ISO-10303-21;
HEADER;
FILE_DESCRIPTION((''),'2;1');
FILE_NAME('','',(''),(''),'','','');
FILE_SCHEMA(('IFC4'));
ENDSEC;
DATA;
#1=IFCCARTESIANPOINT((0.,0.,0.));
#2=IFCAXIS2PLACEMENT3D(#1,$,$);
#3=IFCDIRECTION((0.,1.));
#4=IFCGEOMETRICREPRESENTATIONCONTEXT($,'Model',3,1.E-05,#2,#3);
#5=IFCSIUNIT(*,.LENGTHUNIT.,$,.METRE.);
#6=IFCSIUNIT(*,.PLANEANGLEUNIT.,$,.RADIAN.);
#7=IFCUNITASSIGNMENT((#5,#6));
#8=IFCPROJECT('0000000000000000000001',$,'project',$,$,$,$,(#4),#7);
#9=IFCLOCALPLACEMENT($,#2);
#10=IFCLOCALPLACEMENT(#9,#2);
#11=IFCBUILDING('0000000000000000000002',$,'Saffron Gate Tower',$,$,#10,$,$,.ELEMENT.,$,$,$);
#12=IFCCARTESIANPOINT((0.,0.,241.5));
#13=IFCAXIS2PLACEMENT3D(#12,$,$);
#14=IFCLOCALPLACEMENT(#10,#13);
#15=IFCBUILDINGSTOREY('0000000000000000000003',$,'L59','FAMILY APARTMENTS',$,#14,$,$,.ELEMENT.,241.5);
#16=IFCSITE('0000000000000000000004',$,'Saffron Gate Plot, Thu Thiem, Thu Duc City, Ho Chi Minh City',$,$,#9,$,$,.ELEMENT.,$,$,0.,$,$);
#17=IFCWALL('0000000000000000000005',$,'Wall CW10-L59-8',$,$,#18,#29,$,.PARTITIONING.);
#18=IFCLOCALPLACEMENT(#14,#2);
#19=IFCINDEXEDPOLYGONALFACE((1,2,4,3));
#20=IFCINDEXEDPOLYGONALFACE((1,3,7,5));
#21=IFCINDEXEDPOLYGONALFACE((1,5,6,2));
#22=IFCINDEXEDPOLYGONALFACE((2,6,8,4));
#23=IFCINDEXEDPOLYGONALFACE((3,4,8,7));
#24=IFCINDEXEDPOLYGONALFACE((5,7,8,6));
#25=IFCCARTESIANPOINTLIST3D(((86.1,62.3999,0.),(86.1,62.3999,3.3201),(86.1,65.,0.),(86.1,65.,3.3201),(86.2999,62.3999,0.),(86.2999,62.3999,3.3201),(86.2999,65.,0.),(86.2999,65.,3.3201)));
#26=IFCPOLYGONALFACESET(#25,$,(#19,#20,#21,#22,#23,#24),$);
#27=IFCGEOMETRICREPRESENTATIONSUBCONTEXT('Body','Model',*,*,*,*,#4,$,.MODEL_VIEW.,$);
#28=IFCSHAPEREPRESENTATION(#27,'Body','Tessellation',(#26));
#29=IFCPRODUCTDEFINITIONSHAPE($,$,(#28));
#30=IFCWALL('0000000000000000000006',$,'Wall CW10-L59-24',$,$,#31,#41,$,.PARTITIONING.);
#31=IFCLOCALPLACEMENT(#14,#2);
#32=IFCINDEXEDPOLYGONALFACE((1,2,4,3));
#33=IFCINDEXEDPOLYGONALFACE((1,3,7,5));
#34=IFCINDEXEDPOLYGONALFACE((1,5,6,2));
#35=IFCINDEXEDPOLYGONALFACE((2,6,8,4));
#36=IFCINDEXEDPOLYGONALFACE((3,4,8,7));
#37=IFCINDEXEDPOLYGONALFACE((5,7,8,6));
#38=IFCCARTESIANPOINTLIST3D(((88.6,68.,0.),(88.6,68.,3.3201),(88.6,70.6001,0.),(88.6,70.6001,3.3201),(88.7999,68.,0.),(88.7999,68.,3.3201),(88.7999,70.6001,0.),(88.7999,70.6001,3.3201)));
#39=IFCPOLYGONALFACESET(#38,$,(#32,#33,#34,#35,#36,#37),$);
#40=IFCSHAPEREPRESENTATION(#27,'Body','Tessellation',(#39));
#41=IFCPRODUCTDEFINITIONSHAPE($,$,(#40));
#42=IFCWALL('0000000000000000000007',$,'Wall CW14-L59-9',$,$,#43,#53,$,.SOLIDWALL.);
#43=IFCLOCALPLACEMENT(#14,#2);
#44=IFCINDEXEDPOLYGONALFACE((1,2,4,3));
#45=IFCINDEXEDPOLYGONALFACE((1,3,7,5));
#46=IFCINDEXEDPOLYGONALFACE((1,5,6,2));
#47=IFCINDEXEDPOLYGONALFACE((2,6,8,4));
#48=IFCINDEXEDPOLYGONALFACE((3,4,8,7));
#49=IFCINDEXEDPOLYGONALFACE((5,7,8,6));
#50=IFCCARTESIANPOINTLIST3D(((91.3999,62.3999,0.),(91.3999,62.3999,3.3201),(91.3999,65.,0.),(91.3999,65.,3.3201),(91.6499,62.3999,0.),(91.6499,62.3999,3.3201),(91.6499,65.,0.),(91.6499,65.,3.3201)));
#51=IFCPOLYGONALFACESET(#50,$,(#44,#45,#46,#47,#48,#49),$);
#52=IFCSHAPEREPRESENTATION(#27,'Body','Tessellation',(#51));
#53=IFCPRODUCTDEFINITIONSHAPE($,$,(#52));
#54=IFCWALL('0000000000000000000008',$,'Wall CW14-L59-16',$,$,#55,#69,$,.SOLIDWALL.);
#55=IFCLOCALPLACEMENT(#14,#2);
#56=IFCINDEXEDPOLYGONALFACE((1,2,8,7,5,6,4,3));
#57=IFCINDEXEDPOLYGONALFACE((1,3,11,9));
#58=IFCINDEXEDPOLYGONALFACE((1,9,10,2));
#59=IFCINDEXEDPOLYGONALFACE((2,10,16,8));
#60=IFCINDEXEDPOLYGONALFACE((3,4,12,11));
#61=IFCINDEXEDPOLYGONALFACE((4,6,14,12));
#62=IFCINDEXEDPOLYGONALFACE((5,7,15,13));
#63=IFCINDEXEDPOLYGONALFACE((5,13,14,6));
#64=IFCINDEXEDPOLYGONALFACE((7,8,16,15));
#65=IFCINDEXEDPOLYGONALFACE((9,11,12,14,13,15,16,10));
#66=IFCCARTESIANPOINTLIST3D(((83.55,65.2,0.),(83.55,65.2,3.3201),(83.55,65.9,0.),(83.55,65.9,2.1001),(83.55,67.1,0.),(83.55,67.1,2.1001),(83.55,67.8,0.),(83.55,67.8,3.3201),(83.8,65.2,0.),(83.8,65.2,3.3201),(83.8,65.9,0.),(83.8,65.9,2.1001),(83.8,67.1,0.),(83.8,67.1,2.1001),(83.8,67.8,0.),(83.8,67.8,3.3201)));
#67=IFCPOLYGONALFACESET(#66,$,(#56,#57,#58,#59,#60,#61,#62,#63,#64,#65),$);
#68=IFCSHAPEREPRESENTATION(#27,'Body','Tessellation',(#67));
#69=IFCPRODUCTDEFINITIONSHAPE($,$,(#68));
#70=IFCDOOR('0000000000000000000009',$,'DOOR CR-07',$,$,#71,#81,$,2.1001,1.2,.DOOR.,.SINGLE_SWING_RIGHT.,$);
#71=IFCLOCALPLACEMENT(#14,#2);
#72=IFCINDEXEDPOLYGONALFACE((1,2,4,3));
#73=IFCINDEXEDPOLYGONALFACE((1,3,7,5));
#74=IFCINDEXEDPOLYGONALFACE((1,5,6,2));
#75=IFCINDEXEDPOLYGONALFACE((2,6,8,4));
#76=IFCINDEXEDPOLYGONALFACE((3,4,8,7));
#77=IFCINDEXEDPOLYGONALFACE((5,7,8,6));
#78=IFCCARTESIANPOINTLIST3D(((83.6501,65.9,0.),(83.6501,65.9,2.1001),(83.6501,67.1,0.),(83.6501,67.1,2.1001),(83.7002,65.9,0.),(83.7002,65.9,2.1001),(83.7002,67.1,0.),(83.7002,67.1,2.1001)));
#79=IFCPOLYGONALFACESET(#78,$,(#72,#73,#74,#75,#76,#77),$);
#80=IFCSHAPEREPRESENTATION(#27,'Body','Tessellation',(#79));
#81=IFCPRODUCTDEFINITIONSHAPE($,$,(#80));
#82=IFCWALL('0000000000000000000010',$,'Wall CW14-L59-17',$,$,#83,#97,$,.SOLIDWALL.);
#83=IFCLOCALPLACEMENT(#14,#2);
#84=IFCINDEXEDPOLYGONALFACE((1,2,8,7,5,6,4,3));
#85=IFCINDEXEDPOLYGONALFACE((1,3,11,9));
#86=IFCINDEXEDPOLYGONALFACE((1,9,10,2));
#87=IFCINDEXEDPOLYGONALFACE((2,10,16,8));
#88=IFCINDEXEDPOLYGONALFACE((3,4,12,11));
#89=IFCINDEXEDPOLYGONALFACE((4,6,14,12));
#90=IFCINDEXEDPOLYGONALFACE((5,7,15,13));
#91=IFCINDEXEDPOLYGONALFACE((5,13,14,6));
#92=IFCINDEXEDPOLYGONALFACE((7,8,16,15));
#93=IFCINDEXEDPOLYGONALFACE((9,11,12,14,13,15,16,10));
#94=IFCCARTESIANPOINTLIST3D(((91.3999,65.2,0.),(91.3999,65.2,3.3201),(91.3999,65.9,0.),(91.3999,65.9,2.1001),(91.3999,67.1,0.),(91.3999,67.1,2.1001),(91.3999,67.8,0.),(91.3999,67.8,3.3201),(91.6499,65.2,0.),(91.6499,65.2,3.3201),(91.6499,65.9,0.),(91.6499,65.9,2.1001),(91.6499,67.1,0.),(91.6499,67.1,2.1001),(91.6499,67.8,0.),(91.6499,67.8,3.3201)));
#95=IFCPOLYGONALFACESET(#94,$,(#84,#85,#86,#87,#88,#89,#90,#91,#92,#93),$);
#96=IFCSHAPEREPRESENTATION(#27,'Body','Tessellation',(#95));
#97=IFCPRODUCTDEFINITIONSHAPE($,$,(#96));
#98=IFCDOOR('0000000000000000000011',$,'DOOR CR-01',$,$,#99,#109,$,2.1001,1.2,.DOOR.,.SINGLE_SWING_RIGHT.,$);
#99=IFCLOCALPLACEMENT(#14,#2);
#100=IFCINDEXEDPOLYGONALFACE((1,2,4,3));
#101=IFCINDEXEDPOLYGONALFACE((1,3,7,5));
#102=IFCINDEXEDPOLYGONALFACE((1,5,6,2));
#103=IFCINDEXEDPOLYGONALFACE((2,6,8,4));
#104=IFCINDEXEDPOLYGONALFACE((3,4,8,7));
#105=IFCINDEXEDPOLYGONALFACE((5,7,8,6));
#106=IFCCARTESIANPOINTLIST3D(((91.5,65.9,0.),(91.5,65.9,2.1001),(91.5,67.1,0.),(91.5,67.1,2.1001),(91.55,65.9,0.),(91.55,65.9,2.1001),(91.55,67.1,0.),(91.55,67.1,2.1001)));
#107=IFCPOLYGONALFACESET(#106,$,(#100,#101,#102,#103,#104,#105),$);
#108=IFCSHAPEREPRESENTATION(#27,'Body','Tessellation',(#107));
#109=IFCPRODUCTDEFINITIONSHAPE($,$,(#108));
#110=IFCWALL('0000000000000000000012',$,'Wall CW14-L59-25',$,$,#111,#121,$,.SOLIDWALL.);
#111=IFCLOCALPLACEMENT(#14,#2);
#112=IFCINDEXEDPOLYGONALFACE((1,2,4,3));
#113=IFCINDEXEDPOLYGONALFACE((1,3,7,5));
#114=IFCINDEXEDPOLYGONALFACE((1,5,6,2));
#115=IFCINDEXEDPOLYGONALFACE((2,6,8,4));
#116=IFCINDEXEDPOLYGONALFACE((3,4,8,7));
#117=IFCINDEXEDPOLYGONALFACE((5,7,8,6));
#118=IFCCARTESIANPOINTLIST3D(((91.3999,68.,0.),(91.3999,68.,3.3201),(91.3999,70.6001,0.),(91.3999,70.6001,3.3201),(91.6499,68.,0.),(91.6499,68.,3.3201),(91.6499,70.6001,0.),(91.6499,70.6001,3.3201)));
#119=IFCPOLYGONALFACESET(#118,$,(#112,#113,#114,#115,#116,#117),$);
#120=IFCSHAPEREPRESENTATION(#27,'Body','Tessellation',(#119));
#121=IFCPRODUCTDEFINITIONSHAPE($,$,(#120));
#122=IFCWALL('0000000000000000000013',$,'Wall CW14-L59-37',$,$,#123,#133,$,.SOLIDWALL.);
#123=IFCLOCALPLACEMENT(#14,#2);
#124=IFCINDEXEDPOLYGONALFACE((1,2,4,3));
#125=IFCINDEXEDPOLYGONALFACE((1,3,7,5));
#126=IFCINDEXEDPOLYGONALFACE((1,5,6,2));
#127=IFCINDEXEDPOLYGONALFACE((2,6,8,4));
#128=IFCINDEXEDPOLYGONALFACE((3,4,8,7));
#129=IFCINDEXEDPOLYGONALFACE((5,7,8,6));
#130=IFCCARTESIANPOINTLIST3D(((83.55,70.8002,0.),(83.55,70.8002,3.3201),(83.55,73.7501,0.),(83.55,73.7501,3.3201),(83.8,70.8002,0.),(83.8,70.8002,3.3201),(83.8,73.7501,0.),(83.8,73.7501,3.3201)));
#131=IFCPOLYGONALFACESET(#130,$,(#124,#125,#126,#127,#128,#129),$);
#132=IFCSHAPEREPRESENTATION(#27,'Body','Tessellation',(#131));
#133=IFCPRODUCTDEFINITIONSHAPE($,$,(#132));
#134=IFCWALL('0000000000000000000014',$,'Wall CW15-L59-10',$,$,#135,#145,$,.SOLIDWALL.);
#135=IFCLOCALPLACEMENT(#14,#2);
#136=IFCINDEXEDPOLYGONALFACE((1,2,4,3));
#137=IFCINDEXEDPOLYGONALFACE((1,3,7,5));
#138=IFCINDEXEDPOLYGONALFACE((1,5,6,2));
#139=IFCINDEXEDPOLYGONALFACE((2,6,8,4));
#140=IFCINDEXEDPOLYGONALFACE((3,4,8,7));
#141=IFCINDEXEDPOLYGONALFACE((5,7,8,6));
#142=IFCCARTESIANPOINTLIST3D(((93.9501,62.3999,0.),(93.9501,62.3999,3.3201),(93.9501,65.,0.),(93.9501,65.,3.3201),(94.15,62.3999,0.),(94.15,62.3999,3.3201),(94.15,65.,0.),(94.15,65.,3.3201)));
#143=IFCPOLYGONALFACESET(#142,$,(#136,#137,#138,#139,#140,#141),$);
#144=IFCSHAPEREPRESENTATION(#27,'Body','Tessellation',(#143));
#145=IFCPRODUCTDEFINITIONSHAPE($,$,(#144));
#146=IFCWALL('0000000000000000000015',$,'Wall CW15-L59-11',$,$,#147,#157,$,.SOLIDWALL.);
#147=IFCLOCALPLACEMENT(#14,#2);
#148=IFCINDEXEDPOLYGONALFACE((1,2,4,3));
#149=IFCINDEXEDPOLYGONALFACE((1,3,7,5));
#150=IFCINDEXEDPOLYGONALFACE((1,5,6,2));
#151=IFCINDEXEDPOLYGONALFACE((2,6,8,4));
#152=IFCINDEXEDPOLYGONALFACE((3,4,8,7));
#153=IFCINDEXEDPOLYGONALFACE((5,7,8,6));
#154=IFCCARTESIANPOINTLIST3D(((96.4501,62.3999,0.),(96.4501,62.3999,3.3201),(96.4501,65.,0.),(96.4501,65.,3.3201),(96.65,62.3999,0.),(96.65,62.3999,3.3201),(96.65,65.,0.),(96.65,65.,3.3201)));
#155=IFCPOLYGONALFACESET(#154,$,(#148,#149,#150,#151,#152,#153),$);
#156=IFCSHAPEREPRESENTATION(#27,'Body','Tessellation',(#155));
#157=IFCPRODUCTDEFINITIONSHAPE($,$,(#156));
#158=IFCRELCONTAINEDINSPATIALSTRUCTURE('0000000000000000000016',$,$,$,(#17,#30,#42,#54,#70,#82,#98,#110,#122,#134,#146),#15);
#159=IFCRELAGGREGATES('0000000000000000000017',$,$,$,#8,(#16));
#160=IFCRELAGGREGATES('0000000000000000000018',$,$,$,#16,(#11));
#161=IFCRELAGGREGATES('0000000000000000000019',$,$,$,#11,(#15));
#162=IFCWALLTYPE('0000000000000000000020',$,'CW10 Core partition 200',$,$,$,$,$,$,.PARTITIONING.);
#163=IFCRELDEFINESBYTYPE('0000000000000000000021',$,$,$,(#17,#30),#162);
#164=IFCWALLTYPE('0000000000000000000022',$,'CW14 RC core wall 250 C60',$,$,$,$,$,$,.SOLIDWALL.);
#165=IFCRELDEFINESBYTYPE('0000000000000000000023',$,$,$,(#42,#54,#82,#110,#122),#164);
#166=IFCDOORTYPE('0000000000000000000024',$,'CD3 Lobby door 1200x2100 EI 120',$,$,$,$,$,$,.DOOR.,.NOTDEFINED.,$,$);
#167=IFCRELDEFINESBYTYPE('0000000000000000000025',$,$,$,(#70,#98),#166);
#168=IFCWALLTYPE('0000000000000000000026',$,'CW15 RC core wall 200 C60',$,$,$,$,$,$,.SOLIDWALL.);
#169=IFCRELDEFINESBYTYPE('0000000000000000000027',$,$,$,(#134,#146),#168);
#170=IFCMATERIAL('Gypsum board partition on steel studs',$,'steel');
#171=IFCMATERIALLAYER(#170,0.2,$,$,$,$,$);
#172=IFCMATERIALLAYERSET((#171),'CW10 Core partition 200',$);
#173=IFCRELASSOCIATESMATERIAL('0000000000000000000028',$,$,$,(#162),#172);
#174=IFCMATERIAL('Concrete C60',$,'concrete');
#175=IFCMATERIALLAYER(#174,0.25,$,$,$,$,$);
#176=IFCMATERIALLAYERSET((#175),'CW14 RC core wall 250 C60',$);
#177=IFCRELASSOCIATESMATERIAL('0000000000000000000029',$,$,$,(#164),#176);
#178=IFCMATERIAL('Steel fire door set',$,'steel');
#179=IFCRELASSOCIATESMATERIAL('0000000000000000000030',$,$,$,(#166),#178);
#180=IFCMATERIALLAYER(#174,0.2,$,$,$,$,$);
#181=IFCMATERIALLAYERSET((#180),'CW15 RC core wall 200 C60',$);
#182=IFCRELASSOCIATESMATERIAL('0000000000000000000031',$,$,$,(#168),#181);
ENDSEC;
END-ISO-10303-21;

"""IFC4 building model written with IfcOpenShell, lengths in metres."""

from ifc_helpers import new_model, si_unit, direction, frame, frame_2d, origin, place, context, subcontext, project, spatial, rectangle, extrude, material, layer, layer_set, type_object, element, fill, save


model = new_model("IFC4")

# Units and contexts
model_context = context("Model", 3, precision=1e-05, world=origin(), true_north=direction((0.0, 1.0)))
body_context = subcontext(model_context, "Body", "Model", "MODEL_VIEW")
ifc_project = project(units=[si_unit("LENGTHUNIT", "METRE"), si_unit("PLANEANGLEUNIT", "RADIAN")], contexts=[model_context])

# Site, building, storey
site_placement = place(None, origin())
site = spatial("IfcSite", under=ifc_project, at=site_placement, Name="Saffron Gate Plot, Thu Thiem, Thu Duc City, Ho Chi Minh City", CompositionType="ELEMENT", RefElevation=0.0)
building_placement = place(site_placement, origin())
building = spatial("IfcBuilding", under=site, at=building_placement, Name="Saffron Gate Tower", CompositionType="ELEMENT")
storey_placement = place(building_placement, frame((0.0, 0.0, 241.5)))
storey = spatial("IfcBuildingStorey", under=building, at=storey_placement, Name="L59", Description="FAMILY APARTMENTS", CompositionType="ELEMENT", Elevation=241.5)

# Walls
ifc_material_1 = material(Name="Gypsum board partition on steel studs", Category="steel")
ifc_layer_1 = layer(ifc_material_1, 0.2)
ifc_layer_set_1 = layer_set([ifc_layer_1], Name="CW10 Core partition 200")
wall_type_1 = type_object("IfcWallType", Name="CW10 Core partition 200", PredefinedType="PARTITIONING", material=ifc_layer_set_1)
for number, where, z_axis, x_axis, name in (
    (1, (86.2, 62.3999, 0.0), (0.0, 0.0, 1.0), (0.0, 1.0, 0.0), "Wall CW10-L59-8"),
    (2, (88.7, 68.0, 0.0), (0.0, 0.0, 1.0), (0.0, 1.0, 0.0), "Wall CW10-L59-24"),
):
    element("IfcWall", number, at=place(storey_placement, frame(where, z_axis=z_axis, x_axis=x_axis)), inside=storey, type_object=wall_type_1, Name=name, PredefinedType="PARTITIONING", context=body_context, shape_type="SweptSolid", body=[
        extrude(rectangle(XDim=2.6001, YDim=0.2, at=frame_2d((1.3, 0.0))), origin(), (0.0, 0.0, 1.0), 3.3201),
    ])
ifc_material_2 = material(Name="Concrete C60", Category="concrete")
ifc_layer_2 = layer(ifc_material_2, 0.25)
ifc_layer_set_2 = layer_set([ifc_layer_2], Name="CW14 RC core wall 250 C60")
wall_type_2 = type_object("IfcWallType", Name="CW14 RC core wall 250 C60", PredefinedType="SOLIDWALL", material=ifc_layer_set_2)
wall_1_placement = place(storey_placement, frame((91.5249, 62.3999, 0.0), z_axis=(0.0, 0.0, 1.0), x_axis=(0.0, 1.0, 0.0)))
element("IfcWall", 3, at=wall_1_placement, inside=storey, type_object=wall_type_2, Name="Wall CW14-L59-9", PredefinedType="SOLIDWALL", context=body_context, shape_type="SweptSolid", body=[
    extrude(rectangle(XDim=2.6001, YDim=0.25, at=frame_2d((1.3, 0.0))), origin(), (0.0, 0.0, 1.0), 3.3201),
])

# Walls, openings, doors
wall_2_placement = place(storey_placement, frame((83.675, 65.2, 0.0), z_axis=(0.0, 0.0, 1.0), x_axis=(0.0, 1.0, 0.0)))
wall_2 = element("IfcWall", 4, at=wall_2_placement, inside=storey, type_object=wall_type_2, Name="Wall CW14-L59-16", PredefinedType="SOLIDWALL", context=body_context, shape_type="SweptSolid", body=[
    extrude(rectangle(XDim=2.6001, YDim=0.25, at=frame_2d((1.3, 0.0))), origin(), (0.0, 0.0, 1.0), 3.3201),
])
opening_1_placement = place(wall_2_placement, frame((0.7, 0.0, 0.0)))
opening_1 = element("IfcOpeningElement", 5, at=opening_1_placement, cuts=wall_2, PredefinedType="OPENING", context=body_context, shape_type="SweptSolid", body=[
    extrude(rectangle(XDim=1.2, YDim=2.1001, at=frame_2d((0.6001, 1.05))), frame((0.0, 0.135, 0.0), z_axis=(0.0, -1.0, 0.0), x_axis=(1.0, 0.0, 0.0)), (0.0, 0.0, 1.0), 0.27),
])
ifc_material_3 = material(Name="Steel fire door set", Category="steel")
door_type_1 = type_object("IfcDoorType", Name="CD3 Lobby door 1200x2100 EI 120", OperationType="NOTDEFINED", PredefinedType="DOOR", material=ifc_material_3)
door_1_placement = place(opening_1_placement, origin())
door_1 = element("IfcDoor", 6, at=door_1_placement, inside=storey, type_object=door_type_1, Name="DOOR CR-07", OperationType="SINGLE_SWING_RIGHT", OverallHeight=2.1001, OverallWidth=1.2, PredefinedType="DOOR", context=body_context, shape_type="SweptSolid", body=[
    extrude(rectangle(XDim=1.2, YDim=2.1001, at=frame_2d((0.6001, 1.05))), frame((0.0, 0.0249, 0.0), z_axis=(0.0, -1.0, 0.0), x_axis=(1.0, 0.0, 0.0)), (0.0, 0.0, 1.0), 0.05),
])
fill(opening_1, door_1)
wall_3_placement = place(storey_placement, frame((91.5249, 65.2, 0.0), z_axis=(0.0, 0.0, 1.0), x_axis=(0.0, 1.0, 0.0)))
wall_3 = element("IfcWall", 7, at=wall_3_placement, inside=storey, type_object=wall_type_2, Name="Wall CW14-L59-17", PredefinedType="SOLIDWALL", context=body_context, shape_type="SweptSolid", body=[
    extrude(rectangle(XDim=2.6001, YDim=0.25, at=frame_2d((1.3, 0.0))), origin(), (0.0, 0.0, 1.0), 3.3201),
])
opening_2_placement = place(wall_3_placement, frame((0.7, 0.0, 0.0)))
opening_2 = element("IfcOpeningElement", 8, at=opening_2_placement, cuts=wall_3, PredefinedType="OPENING", context=body_context, shape_type="SweptSolid", body=[
    extrude(rectangle(XDim=1.2, YDim=2.1001, at=frame_2d((0.6001, 1.05))), frame((0.0, 0.135, 0.0), z_axis=(0.0, -1.0, 0.0), x_axis=(1.0, 0.0, 0.0)), (0.0, 0.0, 1.0), 0.27),
])
door_2_placement = place(opening_2_placement, origin())
door_2 = element("IfcDoor", 9, at=door_2_placement, inside=storey, type_object=door_type_1, Name="DOOR CR-01", OperationType="SINGLE_SWING_RIGHT", OverallHeight=2.1001, OverallWidth=1.2, PredefinedType="DOOR", context=body_context, shape_type="SweptSolid", body=[
    extrude(rectangle(XDim=1.2, YDim=2.1001, at=frame_2d((0.6001, 1.05))), frame((0.0, 0.0249, 0.0), z_axis=(0.0, -1.0, 0.0), x_axis=(1.0, 0.0, 0.0)), (0.0, 0.0, 1.0), 0.05),
])
fill(opening_2, door_2)

# Walls
wall_4_placement = place(storey_placement, frame((91.5249, 68.0, 0.0), z_axis=(0.0, 0.0, 1.0), x_axis=(0.0, 1.0, 0.0)))
element("IfcWall", 10, at=wall_4_placement, inside=storey, type_object=wall_type_2, Name="Wall CW14-L59-25", PredefinedType="SOLIDWALL", context=body_context, shape_type="SweptSolid", body=[
    extrude(rectangle(XDim=2.6001, YDim=0.25, at=frame_2d((1.3, 0.0))), origin(), (0.0, 0.0, 1.0), 3.3201),
])
wall_5_placement = place(storey_placement, frame((83.675, 70.8, 0.0), z_axis=(0.0, 0.0, 1.0), x_axis=(0.0, 1.0, 0.0)))
element("IfcWall", 11, at=wall_5_placement, inside=storey, type_object=wall_type_2, Name="Wall CW14-L59-37", PredefinedType="SOLIDWALL", context=body_context, shape_type="SweptSolid", body=[
    extrude(rectangle(XDim=2.95, YDim=0.25, at=frame_2d((1.4751, 0.0))), origin(), (0.0, 0.0, 1.0), 3.3201),
])
ifc_layer_3 = layer(ifc_material_2, 0.2)
ifc_layer_set_3 = layer_set([ifc_layer_3], Name="CW15 RC core wall 200 C60")
wall_type_3 = type_object("IfcWallType", Name="CW15 RC core wall 200 C60", PredefinedType="SOLIDWALL", material=ifc_layer_set_3)
for number, where, z_axis, x_axis, name in (
    (12, (94.05, 62.3999, 0.0), (0.0, 0.0, 1.0), (0.0, 1.0, 0.0), "Wall CW15-L59-10"),
    (13, (96.55, 62.3999, 0.0), (0.0, 0.0, 1.0), (0.0, 1.0, 0.0), "Wall CW15-L59-11"),
):
    element("IfcWall", number, at=place(storey_placement, frame(where, z_axis=z_axis, x_axis=x_axis)), inside=storey, type_object=wall_type_3, Name=name, PredefinedType="SOLIDWALL", context=body_context, shape_type="SweptSolid", body=[
        extrude(rectangle(XDim=2.6001, YDim=0.2, at=frame_2d((1.3, 0.0))), origin(), (0.0, 0.0, 1.0), 3.3201),
    ])

save(model, "model.ifc")
